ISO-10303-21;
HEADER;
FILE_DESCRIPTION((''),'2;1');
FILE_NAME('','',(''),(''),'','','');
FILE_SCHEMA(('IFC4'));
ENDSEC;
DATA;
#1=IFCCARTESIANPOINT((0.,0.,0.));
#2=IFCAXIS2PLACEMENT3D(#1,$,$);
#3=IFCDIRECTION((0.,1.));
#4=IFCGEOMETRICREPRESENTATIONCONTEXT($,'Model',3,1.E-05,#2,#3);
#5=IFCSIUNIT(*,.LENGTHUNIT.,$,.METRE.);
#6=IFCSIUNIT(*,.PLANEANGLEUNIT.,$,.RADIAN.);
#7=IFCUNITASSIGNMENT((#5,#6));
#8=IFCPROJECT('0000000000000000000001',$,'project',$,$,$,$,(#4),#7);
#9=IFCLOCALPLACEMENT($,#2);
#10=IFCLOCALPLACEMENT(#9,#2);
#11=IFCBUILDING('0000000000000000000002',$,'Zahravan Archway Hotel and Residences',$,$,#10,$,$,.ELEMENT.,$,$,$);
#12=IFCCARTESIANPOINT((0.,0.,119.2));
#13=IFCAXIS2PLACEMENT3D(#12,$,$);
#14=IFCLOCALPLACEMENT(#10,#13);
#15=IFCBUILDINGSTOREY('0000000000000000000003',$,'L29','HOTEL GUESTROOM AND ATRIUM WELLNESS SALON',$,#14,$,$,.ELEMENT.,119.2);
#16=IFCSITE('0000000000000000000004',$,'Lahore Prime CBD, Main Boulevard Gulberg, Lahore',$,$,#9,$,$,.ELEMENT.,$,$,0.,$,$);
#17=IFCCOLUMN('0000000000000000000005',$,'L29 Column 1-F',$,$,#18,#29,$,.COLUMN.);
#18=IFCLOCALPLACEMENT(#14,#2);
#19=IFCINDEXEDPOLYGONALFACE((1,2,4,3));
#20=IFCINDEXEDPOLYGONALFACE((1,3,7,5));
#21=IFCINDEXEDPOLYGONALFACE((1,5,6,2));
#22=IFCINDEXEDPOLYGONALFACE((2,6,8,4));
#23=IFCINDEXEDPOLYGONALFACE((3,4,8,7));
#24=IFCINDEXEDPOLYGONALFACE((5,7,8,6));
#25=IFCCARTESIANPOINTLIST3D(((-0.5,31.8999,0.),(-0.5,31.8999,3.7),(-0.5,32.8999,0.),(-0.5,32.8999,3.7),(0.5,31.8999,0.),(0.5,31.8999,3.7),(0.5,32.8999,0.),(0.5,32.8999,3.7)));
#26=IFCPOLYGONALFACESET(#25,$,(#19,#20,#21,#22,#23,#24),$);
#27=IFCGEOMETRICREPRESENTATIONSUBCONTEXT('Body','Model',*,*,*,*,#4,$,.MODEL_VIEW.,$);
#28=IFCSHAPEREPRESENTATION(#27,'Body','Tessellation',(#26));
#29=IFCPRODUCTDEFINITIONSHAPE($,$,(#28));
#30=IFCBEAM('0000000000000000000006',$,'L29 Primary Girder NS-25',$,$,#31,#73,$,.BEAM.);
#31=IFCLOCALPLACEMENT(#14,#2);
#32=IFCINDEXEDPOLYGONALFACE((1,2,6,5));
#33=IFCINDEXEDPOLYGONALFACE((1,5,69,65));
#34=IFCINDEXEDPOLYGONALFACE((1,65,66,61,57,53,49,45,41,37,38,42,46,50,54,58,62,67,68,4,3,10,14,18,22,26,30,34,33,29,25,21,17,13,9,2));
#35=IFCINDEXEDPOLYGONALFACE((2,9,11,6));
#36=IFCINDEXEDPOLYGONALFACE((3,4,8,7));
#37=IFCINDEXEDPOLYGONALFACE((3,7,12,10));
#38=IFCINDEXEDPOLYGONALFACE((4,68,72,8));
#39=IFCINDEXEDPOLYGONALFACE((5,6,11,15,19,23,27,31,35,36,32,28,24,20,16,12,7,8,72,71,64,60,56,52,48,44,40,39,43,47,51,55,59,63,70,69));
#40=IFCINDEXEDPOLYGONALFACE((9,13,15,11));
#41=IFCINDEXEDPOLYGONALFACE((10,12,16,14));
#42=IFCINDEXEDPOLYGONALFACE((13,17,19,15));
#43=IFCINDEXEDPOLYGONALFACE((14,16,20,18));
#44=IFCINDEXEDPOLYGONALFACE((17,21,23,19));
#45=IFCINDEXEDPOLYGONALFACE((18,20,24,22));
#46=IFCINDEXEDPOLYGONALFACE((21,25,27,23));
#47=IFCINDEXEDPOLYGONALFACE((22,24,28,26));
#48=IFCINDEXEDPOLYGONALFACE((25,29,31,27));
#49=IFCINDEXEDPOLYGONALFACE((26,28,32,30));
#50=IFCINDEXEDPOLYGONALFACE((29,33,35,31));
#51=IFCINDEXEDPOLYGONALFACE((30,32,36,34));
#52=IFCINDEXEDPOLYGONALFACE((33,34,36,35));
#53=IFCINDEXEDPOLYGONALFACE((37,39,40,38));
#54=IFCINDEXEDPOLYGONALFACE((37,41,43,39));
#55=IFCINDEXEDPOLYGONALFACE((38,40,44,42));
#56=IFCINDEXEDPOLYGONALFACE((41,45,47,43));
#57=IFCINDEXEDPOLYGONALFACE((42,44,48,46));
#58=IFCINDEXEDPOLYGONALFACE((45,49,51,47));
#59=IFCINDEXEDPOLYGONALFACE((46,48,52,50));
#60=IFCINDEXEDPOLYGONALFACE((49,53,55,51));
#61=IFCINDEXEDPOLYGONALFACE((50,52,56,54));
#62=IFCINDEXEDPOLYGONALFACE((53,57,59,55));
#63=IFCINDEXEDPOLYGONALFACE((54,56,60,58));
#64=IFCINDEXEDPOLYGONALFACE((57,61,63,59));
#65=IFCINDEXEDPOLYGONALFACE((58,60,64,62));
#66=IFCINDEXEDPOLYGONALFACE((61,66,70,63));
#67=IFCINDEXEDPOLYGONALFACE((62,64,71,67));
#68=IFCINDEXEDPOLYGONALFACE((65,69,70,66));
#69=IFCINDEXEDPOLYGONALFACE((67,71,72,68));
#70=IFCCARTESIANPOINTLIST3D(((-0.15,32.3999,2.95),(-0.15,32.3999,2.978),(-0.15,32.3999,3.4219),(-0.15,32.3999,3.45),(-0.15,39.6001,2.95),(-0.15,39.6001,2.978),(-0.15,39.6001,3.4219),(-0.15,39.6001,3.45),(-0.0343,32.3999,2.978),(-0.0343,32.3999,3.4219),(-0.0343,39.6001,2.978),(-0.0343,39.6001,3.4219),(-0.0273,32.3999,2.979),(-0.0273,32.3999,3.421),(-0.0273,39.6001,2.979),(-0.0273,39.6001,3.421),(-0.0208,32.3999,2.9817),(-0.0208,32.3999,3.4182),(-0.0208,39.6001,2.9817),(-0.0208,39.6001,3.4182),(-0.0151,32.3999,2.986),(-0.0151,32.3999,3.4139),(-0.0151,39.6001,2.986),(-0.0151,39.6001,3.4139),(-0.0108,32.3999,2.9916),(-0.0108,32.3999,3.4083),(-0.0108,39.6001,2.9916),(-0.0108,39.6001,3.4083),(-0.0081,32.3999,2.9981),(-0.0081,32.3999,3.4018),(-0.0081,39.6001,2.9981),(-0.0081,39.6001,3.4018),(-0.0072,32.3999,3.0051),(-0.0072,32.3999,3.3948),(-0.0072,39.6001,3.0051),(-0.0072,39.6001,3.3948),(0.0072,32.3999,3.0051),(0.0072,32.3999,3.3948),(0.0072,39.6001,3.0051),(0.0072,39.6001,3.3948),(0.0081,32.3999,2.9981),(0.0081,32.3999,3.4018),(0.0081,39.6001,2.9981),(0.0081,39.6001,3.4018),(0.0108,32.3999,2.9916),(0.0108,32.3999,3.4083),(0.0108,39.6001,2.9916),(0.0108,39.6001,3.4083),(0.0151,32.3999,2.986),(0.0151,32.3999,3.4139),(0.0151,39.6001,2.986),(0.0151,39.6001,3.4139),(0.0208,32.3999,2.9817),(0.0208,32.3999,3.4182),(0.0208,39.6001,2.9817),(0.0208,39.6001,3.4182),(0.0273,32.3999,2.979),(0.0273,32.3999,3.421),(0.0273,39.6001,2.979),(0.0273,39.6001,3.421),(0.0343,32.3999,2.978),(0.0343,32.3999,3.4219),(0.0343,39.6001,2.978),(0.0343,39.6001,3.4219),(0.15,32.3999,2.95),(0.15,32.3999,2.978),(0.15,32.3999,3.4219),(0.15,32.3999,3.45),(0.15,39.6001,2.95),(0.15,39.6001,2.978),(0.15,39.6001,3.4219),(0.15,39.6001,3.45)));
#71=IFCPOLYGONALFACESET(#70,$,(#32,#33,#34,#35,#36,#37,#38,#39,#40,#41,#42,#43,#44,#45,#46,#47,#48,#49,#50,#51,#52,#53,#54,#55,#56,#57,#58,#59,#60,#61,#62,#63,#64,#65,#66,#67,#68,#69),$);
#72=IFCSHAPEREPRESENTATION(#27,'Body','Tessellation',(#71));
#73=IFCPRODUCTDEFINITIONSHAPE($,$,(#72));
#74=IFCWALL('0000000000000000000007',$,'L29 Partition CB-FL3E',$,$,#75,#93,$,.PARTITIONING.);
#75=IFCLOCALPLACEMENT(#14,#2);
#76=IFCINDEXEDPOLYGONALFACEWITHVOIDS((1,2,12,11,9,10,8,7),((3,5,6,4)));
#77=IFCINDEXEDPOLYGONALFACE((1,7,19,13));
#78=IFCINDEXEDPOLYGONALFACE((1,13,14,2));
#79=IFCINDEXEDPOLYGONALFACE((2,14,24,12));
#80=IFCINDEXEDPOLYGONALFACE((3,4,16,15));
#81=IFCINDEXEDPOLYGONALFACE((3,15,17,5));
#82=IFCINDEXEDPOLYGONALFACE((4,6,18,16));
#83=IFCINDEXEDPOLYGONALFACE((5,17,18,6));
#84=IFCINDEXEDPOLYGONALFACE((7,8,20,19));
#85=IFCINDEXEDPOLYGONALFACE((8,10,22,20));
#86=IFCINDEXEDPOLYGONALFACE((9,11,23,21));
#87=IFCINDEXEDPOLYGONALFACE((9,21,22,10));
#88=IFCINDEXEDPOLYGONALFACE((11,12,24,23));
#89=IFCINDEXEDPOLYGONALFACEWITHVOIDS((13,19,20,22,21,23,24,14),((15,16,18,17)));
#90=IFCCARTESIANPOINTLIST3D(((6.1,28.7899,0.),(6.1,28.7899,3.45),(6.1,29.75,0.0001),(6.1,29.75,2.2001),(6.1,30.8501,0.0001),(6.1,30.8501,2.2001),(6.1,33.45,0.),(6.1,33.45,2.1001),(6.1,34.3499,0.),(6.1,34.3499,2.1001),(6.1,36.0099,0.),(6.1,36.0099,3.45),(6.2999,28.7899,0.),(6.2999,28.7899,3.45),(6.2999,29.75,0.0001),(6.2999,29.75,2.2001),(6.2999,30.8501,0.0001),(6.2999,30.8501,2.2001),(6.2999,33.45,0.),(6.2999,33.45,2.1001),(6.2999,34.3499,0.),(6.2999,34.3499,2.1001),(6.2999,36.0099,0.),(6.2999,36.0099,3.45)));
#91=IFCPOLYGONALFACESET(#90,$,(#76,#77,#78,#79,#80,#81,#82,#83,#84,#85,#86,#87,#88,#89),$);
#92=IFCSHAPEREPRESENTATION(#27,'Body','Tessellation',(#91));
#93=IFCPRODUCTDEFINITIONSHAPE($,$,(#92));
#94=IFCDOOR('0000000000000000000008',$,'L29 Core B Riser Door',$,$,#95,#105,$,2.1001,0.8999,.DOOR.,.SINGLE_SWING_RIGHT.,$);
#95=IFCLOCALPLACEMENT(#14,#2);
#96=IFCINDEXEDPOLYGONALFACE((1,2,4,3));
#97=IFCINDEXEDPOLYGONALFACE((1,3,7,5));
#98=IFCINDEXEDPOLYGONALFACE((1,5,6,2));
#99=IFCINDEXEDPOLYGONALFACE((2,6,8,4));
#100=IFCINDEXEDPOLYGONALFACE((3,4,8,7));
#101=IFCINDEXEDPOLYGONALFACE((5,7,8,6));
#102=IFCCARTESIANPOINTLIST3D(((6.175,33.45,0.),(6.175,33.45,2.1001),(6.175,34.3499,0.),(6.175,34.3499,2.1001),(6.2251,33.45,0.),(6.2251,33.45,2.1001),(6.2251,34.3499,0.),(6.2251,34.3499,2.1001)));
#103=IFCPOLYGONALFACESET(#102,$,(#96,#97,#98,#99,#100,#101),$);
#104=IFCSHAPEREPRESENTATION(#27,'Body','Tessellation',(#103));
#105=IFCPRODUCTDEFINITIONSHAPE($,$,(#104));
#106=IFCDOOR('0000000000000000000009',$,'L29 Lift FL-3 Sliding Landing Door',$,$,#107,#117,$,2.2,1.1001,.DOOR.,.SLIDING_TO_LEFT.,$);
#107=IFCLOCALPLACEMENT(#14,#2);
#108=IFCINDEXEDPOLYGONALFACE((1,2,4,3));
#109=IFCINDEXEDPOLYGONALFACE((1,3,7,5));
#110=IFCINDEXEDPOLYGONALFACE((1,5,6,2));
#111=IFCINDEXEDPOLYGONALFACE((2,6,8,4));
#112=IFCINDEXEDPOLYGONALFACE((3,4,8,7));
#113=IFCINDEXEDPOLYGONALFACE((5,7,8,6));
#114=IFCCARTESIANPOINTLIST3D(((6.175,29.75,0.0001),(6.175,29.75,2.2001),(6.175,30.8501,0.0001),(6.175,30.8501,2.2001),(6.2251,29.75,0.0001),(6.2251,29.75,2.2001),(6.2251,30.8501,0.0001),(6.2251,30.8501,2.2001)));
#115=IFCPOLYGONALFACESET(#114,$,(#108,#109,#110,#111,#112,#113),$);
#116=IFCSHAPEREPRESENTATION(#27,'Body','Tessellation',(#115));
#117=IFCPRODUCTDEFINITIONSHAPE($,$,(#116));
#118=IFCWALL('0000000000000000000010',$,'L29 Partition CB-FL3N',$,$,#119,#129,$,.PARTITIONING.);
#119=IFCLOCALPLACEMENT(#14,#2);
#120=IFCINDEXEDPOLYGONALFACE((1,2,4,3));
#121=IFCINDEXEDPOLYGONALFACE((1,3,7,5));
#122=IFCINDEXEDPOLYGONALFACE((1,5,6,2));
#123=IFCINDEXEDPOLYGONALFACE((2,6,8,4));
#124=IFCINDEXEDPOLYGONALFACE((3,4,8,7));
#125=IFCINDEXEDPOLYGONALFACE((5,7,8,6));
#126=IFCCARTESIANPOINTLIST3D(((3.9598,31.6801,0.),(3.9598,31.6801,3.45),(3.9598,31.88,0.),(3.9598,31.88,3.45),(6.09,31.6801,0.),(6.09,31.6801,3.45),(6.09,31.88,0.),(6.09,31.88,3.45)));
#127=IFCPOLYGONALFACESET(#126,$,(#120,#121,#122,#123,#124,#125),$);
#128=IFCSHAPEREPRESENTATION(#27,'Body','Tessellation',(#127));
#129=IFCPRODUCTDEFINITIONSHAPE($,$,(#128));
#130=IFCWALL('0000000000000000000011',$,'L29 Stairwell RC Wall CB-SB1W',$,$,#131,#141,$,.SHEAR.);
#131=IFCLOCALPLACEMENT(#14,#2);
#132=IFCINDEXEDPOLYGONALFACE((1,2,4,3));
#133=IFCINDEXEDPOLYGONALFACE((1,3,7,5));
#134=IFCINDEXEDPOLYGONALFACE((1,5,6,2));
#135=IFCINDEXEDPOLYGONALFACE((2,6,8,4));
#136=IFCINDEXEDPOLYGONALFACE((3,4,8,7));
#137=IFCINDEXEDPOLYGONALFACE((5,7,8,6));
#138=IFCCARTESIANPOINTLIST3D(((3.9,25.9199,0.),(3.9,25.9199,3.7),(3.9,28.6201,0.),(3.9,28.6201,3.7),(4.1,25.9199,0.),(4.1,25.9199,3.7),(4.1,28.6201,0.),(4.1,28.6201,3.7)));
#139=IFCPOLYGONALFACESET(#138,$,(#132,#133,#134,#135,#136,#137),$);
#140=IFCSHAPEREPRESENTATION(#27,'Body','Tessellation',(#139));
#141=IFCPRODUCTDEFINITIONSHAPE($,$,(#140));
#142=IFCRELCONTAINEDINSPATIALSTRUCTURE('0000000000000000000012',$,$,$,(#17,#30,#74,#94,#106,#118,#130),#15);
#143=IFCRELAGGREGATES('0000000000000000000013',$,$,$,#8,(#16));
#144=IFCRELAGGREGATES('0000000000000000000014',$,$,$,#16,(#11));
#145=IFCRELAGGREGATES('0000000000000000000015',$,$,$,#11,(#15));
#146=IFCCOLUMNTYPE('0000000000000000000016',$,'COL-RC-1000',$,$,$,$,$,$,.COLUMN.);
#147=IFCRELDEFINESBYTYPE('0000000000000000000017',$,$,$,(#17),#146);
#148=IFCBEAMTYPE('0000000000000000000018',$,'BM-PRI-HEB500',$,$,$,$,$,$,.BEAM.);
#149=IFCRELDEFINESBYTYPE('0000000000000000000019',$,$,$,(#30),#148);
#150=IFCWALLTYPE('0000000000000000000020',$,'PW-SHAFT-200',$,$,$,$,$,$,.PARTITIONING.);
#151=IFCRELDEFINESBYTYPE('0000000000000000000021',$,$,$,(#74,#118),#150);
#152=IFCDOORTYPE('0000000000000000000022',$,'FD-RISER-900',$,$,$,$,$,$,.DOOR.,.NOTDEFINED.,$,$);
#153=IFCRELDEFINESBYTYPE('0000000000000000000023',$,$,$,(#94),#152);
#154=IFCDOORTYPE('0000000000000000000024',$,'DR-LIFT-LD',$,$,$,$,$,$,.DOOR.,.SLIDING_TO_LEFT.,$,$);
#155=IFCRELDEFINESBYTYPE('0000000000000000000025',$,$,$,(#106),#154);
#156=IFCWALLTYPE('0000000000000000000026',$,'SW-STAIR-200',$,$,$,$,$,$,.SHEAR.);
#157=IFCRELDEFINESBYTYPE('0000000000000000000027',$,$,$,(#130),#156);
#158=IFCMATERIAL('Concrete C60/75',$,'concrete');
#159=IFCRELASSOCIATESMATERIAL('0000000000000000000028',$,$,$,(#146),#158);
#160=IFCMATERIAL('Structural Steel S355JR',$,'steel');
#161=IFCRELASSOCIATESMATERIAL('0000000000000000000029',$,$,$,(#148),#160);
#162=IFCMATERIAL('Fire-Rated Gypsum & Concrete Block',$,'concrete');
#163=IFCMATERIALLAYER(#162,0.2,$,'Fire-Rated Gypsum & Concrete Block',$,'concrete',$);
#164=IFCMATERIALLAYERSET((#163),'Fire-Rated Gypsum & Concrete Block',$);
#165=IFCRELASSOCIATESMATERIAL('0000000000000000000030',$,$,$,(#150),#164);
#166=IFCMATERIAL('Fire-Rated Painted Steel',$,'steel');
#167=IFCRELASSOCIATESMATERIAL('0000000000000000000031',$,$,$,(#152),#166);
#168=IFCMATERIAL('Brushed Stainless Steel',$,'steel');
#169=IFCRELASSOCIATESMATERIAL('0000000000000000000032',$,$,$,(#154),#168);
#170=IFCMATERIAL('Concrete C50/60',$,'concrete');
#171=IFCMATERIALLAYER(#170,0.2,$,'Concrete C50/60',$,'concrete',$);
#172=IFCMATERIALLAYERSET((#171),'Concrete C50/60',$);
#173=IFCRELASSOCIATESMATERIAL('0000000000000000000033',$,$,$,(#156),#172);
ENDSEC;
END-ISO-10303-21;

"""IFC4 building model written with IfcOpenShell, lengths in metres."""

from ifc_helpers import new_model, si_unit, direction, frame, frame_2d, origin, origin_2d, place, context, subcontext, project, spatial, rectangle, i_section, extrude, source, transform, mapped, material, layer, layer_set, material_profile, profile_set, type_object, type_shapes, element, fill, save


model = new_model("IFC4")

# Units and contexts
model_context = context("Model", 3, precision=1e-05, world=origin(), true_north=direction((0.0, 1.0)))
body_context = subcontext(model_context, "Body", "Model", "MODEL_VIEW")
ifc_project = project(units=[si_unit("LENGTHUNIT", "METRE"), si_unit("PLANEANGLEUNIT", "RADIAN")], contexts=[model_context])

# Site, building, storey
site_placement = place(None, origin())
site = spatial("IfcSite", under=ifc_project, at=site_placement, Name="Lahore Prime CBD, Main Boulevard Gulberg, Lahore", CompositionType="ELEMENT", RefElevation=0.0)
building_placement = place(site_placement, origin())
building = spatial("IfcBuilding", under=site, at=building_placement, Name="Zahravan Archway Hotel and Residences", CompositionType="ELEMENT")
storey_placement = place(building_placement, frame((0.0, 0.0, 119.2)))
storey = spatial("IfcBuildingStorey", under=building, at=storey_placement, Name="L29", Description="HOTEL GUESTROOM AND ATRIUM WELLNESS SALON", CompositionType="ELEMENT", Elevation=119.2)

# Column
ifc_material_1 = material(Name="Concrete C60/75", Category="concrete")
ifc_material_profile_1 = material_profile(ifc_material_1, rectangle(XDim=1.0, YDim=1.0, at=origin_2d()), Name="RC-COL-1000x1000", Category="concrete")
ifc_profile_set_1 = profile_set([ifc_material_profile_1], Name="Concrete C60/75")
column_type = type_object("IfcColumnType", Name="COL-RC-1000", PredefinedType="COLUMN", material=ifc_profile_set_1)
shared_shape_1 = source(origin(), body_context, "Body", "SweptSolid", [
    extrude(rectangle(XDim=1.0, YDim=1.0, at=origin_2d()), origin(), (0.0, 0.0, 1.0), 3.7),
])
type_shapes(column_type, [shared_shape_1])
column_placement = place(storey_placement, frame((0.0, 32.3999, 0.0), z_axis=(0.0, 0.0, 1.0), x_axis=(1.0, 0.0, 0.0)))
element("IfcColumn", 1, at=column_placement, inside=storey, type_object=column_type, Name="L29 Column 1-F", PredefinedType="COLUMN", context=body_context, shape_type="MappedRepresentation", body=[
    mapped(shared_shape_1, transform((0.0, 0.0, 0.0), scale=1.0)),
])

# Beam
ifc_material_2 = material(Name="Structural Steel S355JR", Category="steel")
ifc_material_profile_2 = material_profile(ifc_material_2, i_section(OverallWidth=0.3, OverallDepth=0.5, WebThickness=0.0144, FlangeThickness=0.0281, FilletRadius=0.0271, at=origin_2d()), Name="HEB 500", Category="steel")
ifc_profile_set_2 = profile_set([ifc_material_profile_2], Name="Structural Steel S355JR")
beam_type = type_object("IfcBeamType", Name="BM-PRI-HEB500", PredefinedType="BEAM", material=ifc_profile_set_2)
shared_shape_2 = source(origin(), body_context, "Body", "SweptSolid", [
    extrude(i_section(OverallWidth=0.3, OverallDepth=0.5, WebThickness=0.0144, FlangeThickness=0.0281, FilletRadius=0.0271, at=origin_2d()), origin(), (0.0, 0.0, 1.0), 7.2002),
])
type_shapes(beam_type, [shared_shape_2])
beam_placement = place(storey_placement, frame((0.0, 32.3999, 3.2), z_axis=(0.0, 1.0, 0.0), x_axis=(-1.0, 0.0, 0.0)))
element("IfcBeam", 2, at=beam_placement, inside=storey, type_object=beam_type, Name="L29 Primary Girder NS-25", PredefinedType="BEAM", context=body_context, shape_type="MappedRepresentation", body=[
    mapped(shared_shape_2, transform((0.0, 0.0, 0.0), scale=1.0)),
])

# Wall, openings, doors
ifc_material_3 = material(Name="Fire-Rated Gypsum & Concrete Block", Category="concrete")
ifc_layer_1 = layer(ifc_material_3, 0.2, Name="Fire-Rated Gypsum & Concrete Block", Category="concrete")
ifc_layer_set_1 = layer_set([ifc_layer_1], Name="Fire-Rated Gypsum & Concrete Block")
wall_type_1 = type_object("IfcWallType", Name="PW-SHAFT-200", PredefinedType="PARTITIONING", material=ifc_layer_set_1)
wall_1_placement = place(storey_placement, frame((6.2, 28.79, 0.0), z_axis=(0.0, 0.0, 1.0), x_axis=(0.0, 1.0, 0.0)))
wall_1 = element("IfcWall", 3, at=wall_1_placement, inside=storey, type_object=wall_type_1, Name="L29 Partition CB-FL3E", PredefinedType="PARTITIONING", context=body_context, shape_type="SweptSolid", body=[
    extrude(rectangle(XDim=7.22, YDim=0.2, at=frame_2d((3.6099, 0.0))), origin(), (0.0, 0.0, 1.0), 3.45),
])
opening_1_placement = place(wall_1_placement, frame((4.6599, 0.0, 0.0)))
opening_1 = element("IfcOpeningElement", 4, at=opening_1_placement, cuts=wall_1, PredefinedType="OPENING", context=body_context, shape_type="SweptSolid", body=[
    extrude(rectangle(XDim=0.8999, YDim=2.1001, at=frame_2d((0.45, 1.05))), frame((0.0, 0.1099, 0.0), z_axis=(0.0, -1.0, 0.0), x_axis=(1.0, 0.0, 0.0)), (0.0, 0.0, 1.0), 0.22),
])
opening_2_placement = place(wall_1_placement, frame((0.96, 0.0, 0.0)))
opening_2 = element("IfcOpeningElement", 5, at=opening_2_placement, cuts=wall_1, PredefinedType="OPENING", context=body_context, shape_type="SweptSolid", body=[
    extrude(rectangle(XDim=1.1001, YDim=2.2, at=frame_2d((0.55, 1.1001))), frame((0.0, 0.1099, 0.0), z_axis=(0.0, -1.0, 0.0), x_axis=(1.0, 0.0, 0.0)), (0.0, 0.0, 1.0), 0.22),
])
ifc_material_4 = material(Name="Fire-Rated Painted Steel", Category="steel")
door_type_1 = type_object("IfcDoorType", Name="FD-RISER-900", OperationType="NOTDEFINED", PredefinedType="DOOR", material=ifc_material_4)
shared_shape_3 = source(origin(), body_context, "Body", "SweptSolid", [
    extrude(rectangle(XDim=0.8999, YDim=2.1001, at=frame_2d((0.45, 1.05))), frame((0.0, 0.0249, 0.0), z_axis=(0.0, -1.0, 0.0), x_axis=(1.0, 0.0, 0.0)), (0.0, 0.0, 1.0), 0.05),
])
type_shapes(door_type_1, [shared_shape_3])
door_1_placement = place(opening_1_placement, origin())
door_1 = element("IfcDoor", 6, at=door_1_placement, inside=storey, type_object=door_type_1, Name="L29 Core B Riser Door", OperationType="SINGLE_SWING_RIGHT", OverallHeight=2.1001, OverallWidth=0.8999, PredefinedType="DOOR", context=body_context, shape_type="MappedRepresentation", body=[
    mapped(shared_shape_3, transform((0.0, 0.0, 0.0), scale=1.0)),
])
fill(opening_1, door_1)
ifc_material_5 = material(Name="Brushed Stainless Steel", Category="steel")
door_type_2 = type_object("IfcDoorType", Name="DR-LIFT-LD", OperationType="SLIDING_TO_LEFT", PredefinedType="DOOR", material=ifc_material_5)
shared_shape_4 = source(origin(), body_context, "Body", "SweptSolid", [
    extrude(rectangle(XDim=1.1001, YDim=2.2, at=frame_2d((0.55, 1.1001))), frame((0.0, 0.0249, 0.0), z_axis=(0.0, -1.0, 0.0), x_axis=(1.0, 0.0, 0.0)), (0.0, 0.0, 1.0), 0.05),
])
type_shapes(door_type_2, [shared_shape_4])
door_2_placement = place(opening_2_placement, origin())
door_2 = element("IfcDoor", 7, at=door_2_placement, inside=storey, type_object=door_type_2, Name="L29 Lift FL-3 Sliding Landing Door", OperationType="SLIDING_TO_LEFT", OverallHeight=2.2, OverallWidth=1.1001, PredefinedType="DOOR", context=body_context, shape_type="MappedRepresentation", body=[
    mapped(shared_shape_4, transform((0.0, 0.0, 0.0), scale=1.0)),
])
fill(opening_2, door_2)

# Walls
wall_2_placement = place(storey_placement, frame((3.96, 31.78, 0.0), z_axis=(0.0, 0.0, 1.0), x_axis=(1.0, 0.0, 0.0)))
element("IfcWall", 8, at=wall_2_placement, inside=storey, type_object=wall_type_1, Name="L29 Partition CB-FL3N", PredefinedType="PARTITIONING", context=body_context, shape_type="SweptSolid", body=[
    extrude(rectangle(XDim=2.1301, YDim=0.2, at=frame_2d((1.0649, 0.0))), origin(), (0.0, 0.0, 1.0), 3.45),
])
ifc_material_6 = material(Name="Concrete C50/60", Category="concrete")
ifc_layer_2 = layer(ifc_material_6, 0.2, Name="Concrete C50/60", Category="concrete")
ifc_layer_set_2 = layer_set([ifc_layer_2], Name="Concrete C50/60")
wall_type_2 = type_object("IfcWallType", Name="SW-STAIR-200", PredefinedType="SHEAR", material=ifc_layer_set_2)
wall_3_placement = place(storey_placement, frame((4.0, 25.9199, 0.0), z_axis=(0.0, 0.0, 1.0), x_axis=(0.0, 1.0, 0.0)))
element("IfcWall", 9, at=wall_3_placement, inside=storey, type_object=wall_type_2, Name="L29 Stairwell RC Wall CB-SB1W", PredefinedType="SHEAR", context=body_context, shape_type="SweptSolid", body=[
    extrude(rectangle(XDim=2.7002, YDim=0.2, at=frame_2d((1.3501, 0.0))), origin(), (0.0, 0.0, 1.0), 3.7),
])

save(model, "model.ifc")
